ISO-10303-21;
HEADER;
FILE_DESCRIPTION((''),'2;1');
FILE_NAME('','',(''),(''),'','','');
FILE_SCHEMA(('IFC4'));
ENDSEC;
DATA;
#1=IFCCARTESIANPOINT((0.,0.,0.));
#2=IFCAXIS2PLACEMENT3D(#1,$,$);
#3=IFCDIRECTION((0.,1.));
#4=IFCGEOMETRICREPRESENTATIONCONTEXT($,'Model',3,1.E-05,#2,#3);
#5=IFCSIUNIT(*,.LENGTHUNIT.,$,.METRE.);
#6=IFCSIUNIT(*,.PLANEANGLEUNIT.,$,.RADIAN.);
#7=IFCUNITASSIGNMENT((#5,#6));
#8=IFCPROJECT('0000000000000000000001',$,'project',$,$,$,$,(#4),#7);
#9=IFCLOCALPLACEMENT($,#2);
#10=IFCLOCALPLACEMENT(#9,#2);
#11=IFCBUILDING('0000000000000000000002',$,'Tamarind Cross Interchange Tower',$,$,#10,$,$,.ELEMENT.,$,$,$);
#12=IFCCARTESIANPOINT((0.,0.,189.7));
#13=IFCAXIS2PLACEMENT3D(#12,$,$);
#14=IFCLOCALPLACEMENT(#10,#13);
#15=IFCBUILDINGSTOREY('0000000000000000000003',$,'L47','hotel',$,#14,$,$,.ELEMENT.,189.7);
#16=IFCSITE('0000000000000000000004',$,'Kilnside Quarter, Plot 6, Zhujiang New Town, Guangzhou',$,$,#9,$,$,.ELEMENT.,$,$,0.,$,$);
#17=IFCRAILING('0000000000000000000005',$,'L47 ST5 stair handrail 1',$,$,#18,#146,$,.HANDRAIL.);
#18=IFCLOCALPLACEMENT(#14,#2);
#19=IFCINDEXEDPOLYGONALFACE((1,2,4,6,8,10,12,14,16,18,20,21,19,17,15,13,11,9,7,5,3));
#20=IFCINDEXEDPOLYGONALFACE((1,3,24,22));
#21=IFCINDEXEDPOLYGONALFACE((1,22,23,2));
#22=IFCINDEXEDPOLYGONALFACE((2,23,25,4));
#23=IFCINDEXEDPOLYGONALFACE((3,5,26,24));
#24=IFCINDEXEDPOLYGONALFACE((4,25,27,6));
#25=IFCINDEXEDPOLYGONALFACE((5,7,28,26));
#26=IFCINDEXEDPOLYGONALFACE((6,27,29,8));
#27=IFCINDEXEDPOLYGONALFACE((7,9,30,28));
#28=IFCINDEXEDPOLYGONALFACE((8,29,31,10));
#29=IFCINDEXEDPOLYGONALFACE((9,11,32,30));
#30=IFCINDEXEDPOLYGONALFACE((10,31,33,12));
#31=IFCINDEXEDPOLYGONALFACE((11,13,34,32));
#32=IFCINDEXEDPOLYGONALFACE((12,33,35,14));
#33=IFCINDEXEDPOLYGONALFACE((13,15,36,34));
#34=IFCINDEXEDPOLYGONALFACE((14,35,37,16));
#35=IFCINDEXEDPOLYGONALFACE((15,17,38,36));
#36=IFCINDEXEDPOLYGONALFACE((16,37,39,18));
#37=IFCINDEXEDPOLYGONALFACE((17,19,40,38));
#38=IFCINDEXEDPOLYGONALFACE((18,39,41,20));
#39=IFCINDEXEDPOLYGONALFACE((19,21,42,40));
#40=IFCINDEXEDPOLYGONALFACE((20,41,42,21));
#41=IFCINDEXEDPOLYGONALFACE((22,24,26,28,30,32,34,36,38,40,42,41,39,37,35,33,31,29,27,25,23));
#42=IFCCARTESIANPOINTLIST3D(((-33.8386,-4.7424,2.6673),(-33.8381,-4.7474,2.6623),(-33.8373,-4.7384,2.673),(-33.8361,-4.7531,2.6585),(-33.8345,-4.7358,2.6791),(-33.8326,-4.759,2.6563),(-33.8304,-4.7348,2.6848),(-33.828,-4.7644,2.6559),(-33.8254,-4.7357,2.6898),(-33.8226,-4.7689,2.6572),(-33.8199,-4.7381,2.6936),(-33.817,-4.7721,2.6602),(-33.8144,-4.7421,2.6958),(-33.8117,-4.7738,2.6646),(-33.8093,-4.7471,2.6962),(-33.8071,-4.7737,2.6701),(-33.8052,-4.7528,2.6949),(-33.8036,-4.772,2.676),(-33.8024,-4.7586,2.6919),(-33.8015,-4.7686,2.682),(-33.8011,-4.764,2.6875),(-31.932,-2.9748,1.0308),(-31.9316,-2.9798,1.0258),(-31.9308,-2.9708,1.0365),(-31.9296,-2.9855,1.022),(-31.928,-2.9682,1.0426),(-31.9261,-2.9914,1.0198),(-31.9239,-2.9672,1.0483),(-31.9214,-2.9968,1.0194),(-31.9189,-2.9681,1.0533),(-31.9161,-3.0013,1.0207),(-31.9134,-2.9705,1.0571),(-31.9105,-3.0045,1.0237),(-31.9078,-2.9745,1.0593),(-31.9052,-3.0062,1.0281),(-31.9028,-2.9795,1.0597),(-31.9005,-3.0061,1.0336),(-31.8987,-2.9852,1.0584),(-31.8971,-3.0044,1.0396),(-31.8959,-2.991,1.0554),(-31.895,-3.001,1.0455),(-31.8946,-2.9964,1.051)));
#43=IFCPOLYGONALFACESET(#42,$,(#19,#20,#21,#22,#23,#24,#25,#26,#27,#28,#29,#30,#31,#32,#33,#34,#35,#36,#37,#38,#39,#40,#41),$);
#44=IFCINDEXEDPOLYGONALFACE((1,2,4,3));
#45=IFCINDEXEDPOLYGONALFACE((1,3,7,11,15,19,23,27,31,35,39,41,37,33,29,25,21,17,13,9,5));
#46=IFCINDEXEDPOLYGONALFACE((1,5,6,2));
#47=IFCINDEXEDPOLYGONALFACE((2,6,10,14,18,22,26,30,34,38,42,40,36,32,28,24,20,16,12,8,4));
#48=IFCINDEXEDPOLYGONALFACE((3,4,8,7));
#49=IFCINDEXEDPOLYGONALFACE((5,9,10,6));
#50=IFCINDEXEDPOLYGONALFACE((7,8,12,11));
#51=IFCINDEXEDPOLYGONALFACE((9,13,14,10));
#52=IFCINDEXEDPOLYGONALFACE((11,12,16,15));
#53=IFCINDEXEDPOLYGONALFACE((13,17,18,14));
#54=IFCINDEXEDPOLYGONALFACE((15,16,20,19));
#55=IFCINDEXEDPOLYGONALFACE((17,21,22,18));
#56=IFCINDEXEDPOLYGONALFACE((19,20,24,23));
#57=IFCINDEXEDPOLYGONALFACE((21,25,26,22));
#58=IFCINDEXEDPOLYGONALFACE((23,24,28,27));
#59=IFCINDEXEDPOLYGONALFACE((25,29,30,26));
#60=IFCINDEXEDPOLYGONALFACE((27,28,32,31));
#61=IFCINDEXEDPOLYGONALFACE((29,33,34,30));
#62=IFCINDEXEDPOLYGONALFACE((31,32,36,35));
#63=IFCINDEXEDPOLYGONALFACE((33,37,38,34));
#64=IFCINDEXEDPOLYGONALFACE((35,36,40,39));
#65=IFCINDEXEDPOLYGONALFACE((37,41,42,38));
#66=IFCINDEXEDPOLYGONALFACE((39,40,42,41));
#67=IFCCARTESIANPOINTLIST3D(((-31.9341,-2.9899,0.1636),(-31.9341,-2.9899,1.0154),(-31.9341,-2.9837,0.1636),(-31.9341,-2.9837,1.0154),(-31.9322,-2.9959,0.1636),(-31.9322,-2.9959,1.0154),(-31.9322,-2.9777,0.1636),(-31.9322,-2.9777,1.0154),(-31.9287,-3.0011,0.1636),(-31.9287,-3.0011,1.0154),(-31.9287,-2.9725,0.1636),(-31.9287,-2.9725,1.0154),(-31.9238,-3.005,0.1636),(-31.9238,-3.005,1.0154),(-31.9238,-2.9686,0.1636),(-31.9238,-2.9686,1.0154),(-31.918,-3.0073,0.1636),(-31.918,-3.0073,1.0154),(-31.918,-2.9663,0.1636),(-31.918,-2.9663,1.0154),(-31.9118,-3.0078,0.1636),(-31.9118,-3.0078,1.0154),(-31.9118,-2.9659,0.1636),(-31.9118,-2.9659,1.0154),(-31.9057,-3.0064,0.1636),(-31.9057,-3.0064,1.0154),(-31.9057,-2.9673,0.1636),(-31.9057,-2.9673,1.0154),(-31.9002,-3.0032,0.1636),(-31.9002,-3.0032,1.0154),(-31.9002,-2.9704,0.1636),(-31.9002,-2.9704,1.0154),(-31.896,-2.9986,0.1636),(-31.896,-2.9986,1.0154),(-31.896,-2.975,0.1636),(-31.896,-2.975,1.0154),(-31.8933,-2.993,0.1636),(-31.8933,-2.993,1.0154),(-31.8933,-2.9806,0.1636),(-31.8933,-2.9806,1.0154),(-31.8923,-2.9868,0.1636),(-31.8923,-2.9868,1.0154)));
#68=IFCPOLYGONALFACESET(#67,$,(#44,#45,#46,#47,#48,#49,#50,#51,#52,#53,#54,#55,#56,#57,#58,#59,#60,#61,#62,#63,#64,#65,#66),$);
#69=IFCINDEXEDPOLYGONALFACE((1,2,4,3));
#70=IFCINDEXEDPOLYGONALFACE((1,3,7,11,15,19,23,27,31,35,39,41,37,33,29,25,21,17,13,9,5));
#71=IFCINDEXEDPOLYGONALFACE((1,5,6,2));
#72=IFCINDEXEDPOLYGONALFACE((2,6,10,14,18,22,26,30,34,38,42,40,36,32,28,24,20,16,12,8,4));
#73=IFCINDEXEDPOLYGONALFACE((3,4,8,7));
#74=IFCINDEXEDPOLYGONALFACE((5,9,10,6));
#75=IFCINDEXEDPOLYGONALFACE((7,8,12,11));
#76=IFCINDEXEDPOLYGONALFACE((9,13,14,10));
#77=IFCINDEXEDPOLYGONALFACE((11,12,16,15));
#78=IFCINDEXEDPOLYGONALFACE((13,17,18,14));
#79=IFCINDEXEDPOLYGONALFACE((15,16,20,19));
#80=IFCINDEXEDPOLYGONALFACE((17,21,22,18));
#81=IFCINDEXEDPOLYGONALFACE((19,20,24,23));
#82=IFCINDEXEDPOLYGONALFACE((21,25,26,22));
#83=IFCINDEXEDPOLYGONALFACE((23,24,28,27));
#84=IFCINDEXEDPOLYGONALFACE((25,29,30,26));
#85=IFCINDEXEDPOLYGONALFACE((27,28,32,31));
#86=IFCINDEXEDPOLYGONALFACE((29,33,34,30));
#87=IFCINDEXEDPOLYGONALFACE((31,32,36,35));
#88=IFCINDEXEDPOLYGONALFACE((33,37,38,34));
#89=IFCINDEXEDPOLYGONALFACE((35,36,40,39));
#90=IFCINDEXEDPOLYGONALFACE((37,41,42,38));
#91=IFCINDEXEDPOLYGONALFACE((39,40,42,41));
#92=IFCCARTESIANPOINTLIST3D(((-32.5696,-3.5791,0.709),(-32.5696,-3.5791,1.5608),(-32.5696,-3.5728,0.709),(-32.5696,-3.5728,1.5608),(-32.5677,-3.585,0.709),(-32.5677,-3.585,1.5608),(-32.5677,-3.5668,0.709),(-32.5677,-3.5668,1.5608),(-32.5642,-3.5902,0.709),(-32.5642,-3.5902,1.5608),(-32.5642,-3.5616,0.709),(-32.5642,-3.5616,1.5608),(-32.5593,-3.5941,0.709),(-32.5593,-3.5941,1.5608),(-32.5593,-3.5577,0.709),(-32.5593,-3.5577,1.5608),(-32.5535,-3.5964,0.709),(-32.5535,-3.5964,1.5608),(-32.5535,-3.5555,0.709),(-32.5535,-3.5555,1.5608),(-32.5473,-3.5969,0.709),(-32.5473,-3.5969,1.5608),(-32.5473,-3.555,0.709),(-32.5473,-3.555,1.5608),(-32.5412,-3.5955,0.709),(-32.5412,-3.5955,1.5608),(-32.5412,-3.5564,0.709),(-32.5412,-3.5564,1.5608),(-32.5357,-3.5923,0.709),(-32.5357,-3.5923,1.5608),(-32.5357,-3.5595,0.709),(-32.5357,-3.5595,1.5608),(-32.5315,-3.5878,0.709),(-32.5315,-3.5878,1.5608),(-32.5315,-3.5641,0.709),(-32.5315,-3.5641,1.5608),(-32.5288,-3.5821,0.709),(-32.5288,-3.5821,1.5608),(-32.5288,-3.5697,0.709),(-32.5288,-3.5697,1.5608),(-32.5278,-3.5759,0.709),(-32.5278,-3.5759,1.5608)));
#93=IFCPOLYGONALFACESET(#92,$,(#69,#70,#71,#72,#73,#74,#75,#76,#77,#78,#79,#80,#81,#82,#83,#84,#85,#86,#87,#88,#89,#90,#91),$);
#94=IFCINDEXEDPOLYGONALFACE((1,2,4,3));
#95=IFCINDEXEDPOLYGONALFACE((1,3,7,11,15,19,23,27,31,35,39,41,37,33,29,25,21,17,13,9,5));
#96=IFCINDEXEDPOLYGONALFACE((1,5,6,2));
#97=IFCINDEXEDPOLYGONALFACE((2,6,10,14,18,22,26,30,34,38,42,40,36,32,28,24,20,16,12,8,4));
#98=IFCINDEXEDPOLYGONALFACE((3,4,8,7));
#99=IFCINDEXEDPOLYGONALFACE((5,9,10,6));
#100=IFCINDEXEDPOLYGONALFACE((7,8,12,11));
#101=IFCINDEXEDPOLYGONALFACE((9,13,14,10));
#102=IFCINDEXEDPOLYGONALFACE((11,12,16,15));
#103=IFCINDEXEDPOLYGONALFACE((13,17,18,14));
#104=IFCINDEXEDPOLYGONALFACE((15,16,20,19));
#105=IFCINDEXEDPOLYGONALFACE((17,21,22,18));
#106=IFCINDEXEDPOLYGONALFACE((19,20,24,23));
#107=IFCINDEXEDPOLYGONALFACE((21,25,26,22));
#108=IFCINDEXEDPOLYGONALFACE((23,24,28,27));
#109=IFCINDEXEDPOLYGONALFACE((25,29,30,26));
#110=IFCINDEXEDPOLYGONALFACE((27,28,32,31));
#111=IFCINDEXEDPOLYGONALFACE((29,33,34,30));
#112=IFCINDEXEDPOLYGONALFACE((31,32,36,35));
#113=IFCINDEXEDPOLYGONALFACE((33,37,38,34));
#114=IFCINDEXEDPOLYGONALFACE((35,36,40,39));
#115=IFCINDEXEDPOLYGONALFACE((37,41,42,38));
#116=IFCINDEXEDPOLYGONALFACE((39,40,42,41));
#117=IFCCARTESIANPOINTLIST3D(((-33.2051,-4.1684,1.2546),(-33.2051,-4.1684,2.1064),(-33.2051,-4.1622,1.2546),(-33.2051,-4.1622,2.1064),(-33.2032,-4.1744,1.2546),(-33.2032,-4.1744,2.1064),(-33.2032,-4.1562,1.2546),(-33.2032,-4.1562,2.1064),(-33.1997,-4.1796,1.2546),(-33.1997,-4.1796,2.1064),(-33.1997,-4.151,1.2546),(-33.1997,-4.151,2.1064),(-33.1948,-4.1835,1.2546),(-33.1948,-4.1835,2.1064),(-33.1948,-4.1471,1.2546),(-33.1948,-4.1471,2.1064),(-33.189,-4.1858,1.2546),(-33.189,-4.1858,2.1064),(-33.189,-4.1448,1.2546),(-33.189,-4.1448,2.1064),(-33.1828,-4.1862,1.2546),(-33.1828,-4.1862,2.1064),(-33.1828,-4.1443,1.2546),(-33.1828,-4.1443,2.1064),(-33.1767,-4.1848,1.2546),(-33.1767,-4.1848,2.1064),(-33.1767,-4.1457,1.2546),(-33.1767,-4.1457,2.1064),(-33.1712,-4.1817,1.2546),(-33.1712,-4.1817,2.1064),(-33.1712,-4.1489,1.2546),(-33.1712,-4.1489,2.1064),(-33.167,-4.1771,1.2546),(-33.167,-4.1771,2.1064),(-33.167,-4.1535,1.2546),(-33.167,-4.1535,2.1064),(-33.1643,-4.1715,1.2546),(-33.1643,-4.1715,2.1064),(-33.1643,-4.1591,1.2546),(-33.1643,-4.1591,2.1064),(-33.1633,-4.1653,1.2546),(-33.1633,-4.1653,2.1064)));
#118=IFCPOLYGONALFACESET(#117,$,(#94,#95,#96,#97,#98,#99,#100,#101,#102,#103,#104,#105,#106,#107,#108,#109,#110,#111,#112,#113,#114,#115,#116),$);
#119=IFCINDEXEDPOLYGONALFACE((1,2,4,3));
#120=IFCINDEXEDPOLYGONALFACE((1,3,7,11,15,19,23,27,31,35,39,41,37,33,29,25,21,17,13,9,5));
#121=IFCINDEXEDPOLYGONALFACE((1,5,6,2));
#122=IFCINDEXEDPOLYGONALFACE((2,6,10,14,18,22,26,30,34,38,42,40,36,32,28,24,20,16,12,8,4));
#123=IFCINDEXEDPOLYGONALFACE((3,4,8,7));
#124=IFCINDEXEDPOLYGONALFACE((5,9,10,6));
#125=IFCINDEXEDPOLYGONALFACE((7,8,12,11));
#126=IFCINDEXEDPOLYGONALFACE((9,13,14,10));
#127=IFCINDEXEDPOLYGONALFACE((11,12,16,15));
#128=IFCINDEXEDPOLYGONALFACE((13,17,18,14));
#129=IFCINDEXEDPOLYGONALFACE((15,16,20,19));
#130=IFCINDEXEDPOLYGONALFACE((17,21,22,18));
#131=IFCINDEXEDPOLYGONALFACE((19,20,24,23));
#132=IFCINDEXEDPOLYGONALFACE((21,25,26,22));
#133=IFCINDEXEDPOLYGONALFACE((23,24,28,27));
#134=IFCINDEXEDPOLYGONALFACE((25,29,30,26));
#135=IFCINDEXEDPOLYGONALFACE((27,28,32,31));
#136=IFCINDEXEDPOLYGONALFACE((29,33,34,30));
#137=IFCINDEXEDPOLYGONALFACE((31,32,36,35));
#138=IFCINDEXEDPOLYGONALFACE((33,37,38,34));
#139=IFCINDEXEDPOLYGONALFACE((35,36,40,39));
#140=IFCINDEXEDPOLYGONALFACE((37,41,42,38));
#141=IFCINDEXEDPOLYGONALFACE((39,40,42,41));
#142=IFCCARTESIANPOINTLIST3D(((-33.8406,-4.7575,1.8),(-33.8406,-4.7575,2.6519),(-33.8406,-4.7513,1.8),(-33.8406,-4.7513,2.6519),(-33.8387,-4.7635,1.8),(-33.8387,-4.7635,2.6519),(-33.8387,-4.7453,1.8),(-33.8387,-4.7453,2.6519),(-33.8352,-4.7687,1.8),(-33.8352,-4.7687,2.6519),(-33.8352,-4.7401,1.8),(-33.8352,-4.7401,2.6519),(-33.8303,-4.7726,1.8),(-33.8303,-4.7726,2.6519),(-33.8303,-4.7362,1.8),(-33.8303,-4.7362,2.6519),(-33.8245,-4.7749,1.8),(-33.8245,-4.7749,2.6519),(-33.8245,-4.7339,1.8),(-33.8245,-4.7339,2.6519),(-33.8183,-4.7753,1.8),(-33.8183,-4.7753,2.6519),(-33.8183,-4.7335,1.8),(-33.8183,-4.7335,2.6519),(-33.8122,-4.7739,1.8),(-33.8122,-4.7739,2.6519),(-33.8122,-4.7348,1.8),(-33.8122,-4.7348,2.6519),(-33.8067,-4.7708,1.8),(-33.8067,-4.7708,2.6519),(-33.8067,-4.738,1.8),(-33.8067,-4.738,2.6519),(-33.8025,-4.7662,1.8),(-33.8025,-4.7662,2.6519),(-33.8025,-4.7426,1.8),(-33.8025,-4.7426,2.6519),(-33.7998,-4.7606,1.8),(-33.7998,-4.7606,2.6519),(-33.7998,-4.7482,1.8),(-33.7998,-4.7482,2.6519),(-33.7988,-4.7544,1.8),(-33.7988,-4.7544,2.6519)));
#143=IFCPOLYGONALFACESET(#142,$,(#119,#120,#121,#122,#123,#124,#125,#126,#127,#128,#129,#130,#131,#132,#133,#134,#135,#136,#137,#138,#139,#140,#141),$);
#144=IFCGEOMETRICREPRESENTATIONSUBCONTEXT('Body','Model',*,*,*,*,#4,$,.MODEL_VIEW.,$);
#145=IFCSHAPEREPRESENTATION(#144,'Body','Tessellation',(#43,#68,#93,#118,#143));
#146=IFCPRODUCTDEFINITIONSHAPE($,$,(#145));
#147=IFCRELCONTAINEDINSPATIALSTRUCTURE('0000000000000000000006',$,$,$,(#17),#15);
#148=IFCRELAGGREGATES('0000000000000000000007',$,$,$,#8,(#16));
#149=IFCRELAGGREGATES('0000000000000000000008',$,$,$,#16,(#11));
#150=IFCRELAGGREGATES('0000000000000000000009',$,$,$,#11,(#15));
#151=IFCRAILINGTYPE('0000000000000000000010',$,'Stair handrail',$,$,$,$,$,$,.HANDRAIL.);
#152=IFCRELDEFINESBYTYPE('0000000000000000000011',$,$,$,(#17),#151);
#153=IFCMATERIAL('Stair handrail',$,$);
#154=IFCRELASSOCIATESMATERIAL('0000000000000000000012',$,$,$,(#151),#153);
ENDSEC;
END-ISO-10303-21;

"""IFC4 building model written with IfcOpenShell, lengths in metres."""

from ifc_helpers import new_model, si_unit, direction, frame, origin, origin_2d, place, context, subcontext, project, spatial, circle, extrude, material, type_object, element, save


model = new_model("IFC4")

# Units and contexts
model_context = context("Model", 3, precision=1e-05, world=origin(), true_north=direction((0.0, 1.0)))
body_context = subcontext(model_context, "Body", "Model", "MODEL_VIEW")
ifc_project = project(units=[si_unit("LENGTHUNIT", "METRE"), si_unit("PLANEANGLEUNIT", "RADIAN")], contexts=[model_context])

# Site, building, storey
site_placement = place(None, origin())
site = spatial("IfcSite", under=ifc_project, at=site_placement, Name="Kilnside Quarter, Plot 6, Zhujiang New Town, Guangzhou", CompositionType="ELEMENT", RefElevation=0.0)
building_placement = place(site_placement, origin())
building = spatial("IfcBuilding", under=site, at=building_placement, Name="Tamarind Cross Interchange Tower", CompositionType="ELEMENT")
storey_placement = place(building_placement, frame((0.0, 0.0, 189.7)))
storey = spatial("IfcBuildingStorey", under=building, at=storey_placement, Name="L47", Description="hotel", CompositionType="ELEMENT", Elevation=189.7)

# Railing
ifc_material_1 = material(Name="Stair handrail")
railing_type_1 = type_object("IfcRailingType", Name="Stair handrail", PredefinedType="HANDRAIL", material=ifc_material_1)
railing_1_placement = place(storey_placement, frame((-31.9133, -2.9868, 0.1636)))
element("IfcRailing", 1, at=railing_1_placement, inside=storey, type_object=railing_type_1, Name="L47 ST5 stair handrail 1", PredefinedType="HANDRAIL", context=body_context, shape_type="SweptSolid", body=[
    extrude(circle(Radius=0.0239, at=origin_2d()), frame((0.0, 0.0, 0.876), z_axis=(-0.620606, -0.575386, 0.532709), x_axis=(0.679885, -0.733318, 0.0)), (0.0, 0.0, 1.0), 3.072),
    extrude(circle(Radius=0.021, at=origin_2d()), origin(), (0.0, 0.0, 1.0), 0.8518),
    extrude(circle(Radius=0.021, at=origin_2d()), frame((-0.6355, -0.5891, 0.5454)), (0.0, 0.0, 1.0), 0.8518),
    extrude(circle(Radius=0.021, at=origin_2d()), frame((-1.271, -1.1785, 1.0911)), (0.0, 0.0, 1.0), 0.8518),
    extrude(circle(Radius=0.021, at=origin_2d()), frame((-1.9065, -1.7676, 1.6365)), (0.0, 0.0, 1.0), 0.8518),
])

save(model, "model.ifc")
